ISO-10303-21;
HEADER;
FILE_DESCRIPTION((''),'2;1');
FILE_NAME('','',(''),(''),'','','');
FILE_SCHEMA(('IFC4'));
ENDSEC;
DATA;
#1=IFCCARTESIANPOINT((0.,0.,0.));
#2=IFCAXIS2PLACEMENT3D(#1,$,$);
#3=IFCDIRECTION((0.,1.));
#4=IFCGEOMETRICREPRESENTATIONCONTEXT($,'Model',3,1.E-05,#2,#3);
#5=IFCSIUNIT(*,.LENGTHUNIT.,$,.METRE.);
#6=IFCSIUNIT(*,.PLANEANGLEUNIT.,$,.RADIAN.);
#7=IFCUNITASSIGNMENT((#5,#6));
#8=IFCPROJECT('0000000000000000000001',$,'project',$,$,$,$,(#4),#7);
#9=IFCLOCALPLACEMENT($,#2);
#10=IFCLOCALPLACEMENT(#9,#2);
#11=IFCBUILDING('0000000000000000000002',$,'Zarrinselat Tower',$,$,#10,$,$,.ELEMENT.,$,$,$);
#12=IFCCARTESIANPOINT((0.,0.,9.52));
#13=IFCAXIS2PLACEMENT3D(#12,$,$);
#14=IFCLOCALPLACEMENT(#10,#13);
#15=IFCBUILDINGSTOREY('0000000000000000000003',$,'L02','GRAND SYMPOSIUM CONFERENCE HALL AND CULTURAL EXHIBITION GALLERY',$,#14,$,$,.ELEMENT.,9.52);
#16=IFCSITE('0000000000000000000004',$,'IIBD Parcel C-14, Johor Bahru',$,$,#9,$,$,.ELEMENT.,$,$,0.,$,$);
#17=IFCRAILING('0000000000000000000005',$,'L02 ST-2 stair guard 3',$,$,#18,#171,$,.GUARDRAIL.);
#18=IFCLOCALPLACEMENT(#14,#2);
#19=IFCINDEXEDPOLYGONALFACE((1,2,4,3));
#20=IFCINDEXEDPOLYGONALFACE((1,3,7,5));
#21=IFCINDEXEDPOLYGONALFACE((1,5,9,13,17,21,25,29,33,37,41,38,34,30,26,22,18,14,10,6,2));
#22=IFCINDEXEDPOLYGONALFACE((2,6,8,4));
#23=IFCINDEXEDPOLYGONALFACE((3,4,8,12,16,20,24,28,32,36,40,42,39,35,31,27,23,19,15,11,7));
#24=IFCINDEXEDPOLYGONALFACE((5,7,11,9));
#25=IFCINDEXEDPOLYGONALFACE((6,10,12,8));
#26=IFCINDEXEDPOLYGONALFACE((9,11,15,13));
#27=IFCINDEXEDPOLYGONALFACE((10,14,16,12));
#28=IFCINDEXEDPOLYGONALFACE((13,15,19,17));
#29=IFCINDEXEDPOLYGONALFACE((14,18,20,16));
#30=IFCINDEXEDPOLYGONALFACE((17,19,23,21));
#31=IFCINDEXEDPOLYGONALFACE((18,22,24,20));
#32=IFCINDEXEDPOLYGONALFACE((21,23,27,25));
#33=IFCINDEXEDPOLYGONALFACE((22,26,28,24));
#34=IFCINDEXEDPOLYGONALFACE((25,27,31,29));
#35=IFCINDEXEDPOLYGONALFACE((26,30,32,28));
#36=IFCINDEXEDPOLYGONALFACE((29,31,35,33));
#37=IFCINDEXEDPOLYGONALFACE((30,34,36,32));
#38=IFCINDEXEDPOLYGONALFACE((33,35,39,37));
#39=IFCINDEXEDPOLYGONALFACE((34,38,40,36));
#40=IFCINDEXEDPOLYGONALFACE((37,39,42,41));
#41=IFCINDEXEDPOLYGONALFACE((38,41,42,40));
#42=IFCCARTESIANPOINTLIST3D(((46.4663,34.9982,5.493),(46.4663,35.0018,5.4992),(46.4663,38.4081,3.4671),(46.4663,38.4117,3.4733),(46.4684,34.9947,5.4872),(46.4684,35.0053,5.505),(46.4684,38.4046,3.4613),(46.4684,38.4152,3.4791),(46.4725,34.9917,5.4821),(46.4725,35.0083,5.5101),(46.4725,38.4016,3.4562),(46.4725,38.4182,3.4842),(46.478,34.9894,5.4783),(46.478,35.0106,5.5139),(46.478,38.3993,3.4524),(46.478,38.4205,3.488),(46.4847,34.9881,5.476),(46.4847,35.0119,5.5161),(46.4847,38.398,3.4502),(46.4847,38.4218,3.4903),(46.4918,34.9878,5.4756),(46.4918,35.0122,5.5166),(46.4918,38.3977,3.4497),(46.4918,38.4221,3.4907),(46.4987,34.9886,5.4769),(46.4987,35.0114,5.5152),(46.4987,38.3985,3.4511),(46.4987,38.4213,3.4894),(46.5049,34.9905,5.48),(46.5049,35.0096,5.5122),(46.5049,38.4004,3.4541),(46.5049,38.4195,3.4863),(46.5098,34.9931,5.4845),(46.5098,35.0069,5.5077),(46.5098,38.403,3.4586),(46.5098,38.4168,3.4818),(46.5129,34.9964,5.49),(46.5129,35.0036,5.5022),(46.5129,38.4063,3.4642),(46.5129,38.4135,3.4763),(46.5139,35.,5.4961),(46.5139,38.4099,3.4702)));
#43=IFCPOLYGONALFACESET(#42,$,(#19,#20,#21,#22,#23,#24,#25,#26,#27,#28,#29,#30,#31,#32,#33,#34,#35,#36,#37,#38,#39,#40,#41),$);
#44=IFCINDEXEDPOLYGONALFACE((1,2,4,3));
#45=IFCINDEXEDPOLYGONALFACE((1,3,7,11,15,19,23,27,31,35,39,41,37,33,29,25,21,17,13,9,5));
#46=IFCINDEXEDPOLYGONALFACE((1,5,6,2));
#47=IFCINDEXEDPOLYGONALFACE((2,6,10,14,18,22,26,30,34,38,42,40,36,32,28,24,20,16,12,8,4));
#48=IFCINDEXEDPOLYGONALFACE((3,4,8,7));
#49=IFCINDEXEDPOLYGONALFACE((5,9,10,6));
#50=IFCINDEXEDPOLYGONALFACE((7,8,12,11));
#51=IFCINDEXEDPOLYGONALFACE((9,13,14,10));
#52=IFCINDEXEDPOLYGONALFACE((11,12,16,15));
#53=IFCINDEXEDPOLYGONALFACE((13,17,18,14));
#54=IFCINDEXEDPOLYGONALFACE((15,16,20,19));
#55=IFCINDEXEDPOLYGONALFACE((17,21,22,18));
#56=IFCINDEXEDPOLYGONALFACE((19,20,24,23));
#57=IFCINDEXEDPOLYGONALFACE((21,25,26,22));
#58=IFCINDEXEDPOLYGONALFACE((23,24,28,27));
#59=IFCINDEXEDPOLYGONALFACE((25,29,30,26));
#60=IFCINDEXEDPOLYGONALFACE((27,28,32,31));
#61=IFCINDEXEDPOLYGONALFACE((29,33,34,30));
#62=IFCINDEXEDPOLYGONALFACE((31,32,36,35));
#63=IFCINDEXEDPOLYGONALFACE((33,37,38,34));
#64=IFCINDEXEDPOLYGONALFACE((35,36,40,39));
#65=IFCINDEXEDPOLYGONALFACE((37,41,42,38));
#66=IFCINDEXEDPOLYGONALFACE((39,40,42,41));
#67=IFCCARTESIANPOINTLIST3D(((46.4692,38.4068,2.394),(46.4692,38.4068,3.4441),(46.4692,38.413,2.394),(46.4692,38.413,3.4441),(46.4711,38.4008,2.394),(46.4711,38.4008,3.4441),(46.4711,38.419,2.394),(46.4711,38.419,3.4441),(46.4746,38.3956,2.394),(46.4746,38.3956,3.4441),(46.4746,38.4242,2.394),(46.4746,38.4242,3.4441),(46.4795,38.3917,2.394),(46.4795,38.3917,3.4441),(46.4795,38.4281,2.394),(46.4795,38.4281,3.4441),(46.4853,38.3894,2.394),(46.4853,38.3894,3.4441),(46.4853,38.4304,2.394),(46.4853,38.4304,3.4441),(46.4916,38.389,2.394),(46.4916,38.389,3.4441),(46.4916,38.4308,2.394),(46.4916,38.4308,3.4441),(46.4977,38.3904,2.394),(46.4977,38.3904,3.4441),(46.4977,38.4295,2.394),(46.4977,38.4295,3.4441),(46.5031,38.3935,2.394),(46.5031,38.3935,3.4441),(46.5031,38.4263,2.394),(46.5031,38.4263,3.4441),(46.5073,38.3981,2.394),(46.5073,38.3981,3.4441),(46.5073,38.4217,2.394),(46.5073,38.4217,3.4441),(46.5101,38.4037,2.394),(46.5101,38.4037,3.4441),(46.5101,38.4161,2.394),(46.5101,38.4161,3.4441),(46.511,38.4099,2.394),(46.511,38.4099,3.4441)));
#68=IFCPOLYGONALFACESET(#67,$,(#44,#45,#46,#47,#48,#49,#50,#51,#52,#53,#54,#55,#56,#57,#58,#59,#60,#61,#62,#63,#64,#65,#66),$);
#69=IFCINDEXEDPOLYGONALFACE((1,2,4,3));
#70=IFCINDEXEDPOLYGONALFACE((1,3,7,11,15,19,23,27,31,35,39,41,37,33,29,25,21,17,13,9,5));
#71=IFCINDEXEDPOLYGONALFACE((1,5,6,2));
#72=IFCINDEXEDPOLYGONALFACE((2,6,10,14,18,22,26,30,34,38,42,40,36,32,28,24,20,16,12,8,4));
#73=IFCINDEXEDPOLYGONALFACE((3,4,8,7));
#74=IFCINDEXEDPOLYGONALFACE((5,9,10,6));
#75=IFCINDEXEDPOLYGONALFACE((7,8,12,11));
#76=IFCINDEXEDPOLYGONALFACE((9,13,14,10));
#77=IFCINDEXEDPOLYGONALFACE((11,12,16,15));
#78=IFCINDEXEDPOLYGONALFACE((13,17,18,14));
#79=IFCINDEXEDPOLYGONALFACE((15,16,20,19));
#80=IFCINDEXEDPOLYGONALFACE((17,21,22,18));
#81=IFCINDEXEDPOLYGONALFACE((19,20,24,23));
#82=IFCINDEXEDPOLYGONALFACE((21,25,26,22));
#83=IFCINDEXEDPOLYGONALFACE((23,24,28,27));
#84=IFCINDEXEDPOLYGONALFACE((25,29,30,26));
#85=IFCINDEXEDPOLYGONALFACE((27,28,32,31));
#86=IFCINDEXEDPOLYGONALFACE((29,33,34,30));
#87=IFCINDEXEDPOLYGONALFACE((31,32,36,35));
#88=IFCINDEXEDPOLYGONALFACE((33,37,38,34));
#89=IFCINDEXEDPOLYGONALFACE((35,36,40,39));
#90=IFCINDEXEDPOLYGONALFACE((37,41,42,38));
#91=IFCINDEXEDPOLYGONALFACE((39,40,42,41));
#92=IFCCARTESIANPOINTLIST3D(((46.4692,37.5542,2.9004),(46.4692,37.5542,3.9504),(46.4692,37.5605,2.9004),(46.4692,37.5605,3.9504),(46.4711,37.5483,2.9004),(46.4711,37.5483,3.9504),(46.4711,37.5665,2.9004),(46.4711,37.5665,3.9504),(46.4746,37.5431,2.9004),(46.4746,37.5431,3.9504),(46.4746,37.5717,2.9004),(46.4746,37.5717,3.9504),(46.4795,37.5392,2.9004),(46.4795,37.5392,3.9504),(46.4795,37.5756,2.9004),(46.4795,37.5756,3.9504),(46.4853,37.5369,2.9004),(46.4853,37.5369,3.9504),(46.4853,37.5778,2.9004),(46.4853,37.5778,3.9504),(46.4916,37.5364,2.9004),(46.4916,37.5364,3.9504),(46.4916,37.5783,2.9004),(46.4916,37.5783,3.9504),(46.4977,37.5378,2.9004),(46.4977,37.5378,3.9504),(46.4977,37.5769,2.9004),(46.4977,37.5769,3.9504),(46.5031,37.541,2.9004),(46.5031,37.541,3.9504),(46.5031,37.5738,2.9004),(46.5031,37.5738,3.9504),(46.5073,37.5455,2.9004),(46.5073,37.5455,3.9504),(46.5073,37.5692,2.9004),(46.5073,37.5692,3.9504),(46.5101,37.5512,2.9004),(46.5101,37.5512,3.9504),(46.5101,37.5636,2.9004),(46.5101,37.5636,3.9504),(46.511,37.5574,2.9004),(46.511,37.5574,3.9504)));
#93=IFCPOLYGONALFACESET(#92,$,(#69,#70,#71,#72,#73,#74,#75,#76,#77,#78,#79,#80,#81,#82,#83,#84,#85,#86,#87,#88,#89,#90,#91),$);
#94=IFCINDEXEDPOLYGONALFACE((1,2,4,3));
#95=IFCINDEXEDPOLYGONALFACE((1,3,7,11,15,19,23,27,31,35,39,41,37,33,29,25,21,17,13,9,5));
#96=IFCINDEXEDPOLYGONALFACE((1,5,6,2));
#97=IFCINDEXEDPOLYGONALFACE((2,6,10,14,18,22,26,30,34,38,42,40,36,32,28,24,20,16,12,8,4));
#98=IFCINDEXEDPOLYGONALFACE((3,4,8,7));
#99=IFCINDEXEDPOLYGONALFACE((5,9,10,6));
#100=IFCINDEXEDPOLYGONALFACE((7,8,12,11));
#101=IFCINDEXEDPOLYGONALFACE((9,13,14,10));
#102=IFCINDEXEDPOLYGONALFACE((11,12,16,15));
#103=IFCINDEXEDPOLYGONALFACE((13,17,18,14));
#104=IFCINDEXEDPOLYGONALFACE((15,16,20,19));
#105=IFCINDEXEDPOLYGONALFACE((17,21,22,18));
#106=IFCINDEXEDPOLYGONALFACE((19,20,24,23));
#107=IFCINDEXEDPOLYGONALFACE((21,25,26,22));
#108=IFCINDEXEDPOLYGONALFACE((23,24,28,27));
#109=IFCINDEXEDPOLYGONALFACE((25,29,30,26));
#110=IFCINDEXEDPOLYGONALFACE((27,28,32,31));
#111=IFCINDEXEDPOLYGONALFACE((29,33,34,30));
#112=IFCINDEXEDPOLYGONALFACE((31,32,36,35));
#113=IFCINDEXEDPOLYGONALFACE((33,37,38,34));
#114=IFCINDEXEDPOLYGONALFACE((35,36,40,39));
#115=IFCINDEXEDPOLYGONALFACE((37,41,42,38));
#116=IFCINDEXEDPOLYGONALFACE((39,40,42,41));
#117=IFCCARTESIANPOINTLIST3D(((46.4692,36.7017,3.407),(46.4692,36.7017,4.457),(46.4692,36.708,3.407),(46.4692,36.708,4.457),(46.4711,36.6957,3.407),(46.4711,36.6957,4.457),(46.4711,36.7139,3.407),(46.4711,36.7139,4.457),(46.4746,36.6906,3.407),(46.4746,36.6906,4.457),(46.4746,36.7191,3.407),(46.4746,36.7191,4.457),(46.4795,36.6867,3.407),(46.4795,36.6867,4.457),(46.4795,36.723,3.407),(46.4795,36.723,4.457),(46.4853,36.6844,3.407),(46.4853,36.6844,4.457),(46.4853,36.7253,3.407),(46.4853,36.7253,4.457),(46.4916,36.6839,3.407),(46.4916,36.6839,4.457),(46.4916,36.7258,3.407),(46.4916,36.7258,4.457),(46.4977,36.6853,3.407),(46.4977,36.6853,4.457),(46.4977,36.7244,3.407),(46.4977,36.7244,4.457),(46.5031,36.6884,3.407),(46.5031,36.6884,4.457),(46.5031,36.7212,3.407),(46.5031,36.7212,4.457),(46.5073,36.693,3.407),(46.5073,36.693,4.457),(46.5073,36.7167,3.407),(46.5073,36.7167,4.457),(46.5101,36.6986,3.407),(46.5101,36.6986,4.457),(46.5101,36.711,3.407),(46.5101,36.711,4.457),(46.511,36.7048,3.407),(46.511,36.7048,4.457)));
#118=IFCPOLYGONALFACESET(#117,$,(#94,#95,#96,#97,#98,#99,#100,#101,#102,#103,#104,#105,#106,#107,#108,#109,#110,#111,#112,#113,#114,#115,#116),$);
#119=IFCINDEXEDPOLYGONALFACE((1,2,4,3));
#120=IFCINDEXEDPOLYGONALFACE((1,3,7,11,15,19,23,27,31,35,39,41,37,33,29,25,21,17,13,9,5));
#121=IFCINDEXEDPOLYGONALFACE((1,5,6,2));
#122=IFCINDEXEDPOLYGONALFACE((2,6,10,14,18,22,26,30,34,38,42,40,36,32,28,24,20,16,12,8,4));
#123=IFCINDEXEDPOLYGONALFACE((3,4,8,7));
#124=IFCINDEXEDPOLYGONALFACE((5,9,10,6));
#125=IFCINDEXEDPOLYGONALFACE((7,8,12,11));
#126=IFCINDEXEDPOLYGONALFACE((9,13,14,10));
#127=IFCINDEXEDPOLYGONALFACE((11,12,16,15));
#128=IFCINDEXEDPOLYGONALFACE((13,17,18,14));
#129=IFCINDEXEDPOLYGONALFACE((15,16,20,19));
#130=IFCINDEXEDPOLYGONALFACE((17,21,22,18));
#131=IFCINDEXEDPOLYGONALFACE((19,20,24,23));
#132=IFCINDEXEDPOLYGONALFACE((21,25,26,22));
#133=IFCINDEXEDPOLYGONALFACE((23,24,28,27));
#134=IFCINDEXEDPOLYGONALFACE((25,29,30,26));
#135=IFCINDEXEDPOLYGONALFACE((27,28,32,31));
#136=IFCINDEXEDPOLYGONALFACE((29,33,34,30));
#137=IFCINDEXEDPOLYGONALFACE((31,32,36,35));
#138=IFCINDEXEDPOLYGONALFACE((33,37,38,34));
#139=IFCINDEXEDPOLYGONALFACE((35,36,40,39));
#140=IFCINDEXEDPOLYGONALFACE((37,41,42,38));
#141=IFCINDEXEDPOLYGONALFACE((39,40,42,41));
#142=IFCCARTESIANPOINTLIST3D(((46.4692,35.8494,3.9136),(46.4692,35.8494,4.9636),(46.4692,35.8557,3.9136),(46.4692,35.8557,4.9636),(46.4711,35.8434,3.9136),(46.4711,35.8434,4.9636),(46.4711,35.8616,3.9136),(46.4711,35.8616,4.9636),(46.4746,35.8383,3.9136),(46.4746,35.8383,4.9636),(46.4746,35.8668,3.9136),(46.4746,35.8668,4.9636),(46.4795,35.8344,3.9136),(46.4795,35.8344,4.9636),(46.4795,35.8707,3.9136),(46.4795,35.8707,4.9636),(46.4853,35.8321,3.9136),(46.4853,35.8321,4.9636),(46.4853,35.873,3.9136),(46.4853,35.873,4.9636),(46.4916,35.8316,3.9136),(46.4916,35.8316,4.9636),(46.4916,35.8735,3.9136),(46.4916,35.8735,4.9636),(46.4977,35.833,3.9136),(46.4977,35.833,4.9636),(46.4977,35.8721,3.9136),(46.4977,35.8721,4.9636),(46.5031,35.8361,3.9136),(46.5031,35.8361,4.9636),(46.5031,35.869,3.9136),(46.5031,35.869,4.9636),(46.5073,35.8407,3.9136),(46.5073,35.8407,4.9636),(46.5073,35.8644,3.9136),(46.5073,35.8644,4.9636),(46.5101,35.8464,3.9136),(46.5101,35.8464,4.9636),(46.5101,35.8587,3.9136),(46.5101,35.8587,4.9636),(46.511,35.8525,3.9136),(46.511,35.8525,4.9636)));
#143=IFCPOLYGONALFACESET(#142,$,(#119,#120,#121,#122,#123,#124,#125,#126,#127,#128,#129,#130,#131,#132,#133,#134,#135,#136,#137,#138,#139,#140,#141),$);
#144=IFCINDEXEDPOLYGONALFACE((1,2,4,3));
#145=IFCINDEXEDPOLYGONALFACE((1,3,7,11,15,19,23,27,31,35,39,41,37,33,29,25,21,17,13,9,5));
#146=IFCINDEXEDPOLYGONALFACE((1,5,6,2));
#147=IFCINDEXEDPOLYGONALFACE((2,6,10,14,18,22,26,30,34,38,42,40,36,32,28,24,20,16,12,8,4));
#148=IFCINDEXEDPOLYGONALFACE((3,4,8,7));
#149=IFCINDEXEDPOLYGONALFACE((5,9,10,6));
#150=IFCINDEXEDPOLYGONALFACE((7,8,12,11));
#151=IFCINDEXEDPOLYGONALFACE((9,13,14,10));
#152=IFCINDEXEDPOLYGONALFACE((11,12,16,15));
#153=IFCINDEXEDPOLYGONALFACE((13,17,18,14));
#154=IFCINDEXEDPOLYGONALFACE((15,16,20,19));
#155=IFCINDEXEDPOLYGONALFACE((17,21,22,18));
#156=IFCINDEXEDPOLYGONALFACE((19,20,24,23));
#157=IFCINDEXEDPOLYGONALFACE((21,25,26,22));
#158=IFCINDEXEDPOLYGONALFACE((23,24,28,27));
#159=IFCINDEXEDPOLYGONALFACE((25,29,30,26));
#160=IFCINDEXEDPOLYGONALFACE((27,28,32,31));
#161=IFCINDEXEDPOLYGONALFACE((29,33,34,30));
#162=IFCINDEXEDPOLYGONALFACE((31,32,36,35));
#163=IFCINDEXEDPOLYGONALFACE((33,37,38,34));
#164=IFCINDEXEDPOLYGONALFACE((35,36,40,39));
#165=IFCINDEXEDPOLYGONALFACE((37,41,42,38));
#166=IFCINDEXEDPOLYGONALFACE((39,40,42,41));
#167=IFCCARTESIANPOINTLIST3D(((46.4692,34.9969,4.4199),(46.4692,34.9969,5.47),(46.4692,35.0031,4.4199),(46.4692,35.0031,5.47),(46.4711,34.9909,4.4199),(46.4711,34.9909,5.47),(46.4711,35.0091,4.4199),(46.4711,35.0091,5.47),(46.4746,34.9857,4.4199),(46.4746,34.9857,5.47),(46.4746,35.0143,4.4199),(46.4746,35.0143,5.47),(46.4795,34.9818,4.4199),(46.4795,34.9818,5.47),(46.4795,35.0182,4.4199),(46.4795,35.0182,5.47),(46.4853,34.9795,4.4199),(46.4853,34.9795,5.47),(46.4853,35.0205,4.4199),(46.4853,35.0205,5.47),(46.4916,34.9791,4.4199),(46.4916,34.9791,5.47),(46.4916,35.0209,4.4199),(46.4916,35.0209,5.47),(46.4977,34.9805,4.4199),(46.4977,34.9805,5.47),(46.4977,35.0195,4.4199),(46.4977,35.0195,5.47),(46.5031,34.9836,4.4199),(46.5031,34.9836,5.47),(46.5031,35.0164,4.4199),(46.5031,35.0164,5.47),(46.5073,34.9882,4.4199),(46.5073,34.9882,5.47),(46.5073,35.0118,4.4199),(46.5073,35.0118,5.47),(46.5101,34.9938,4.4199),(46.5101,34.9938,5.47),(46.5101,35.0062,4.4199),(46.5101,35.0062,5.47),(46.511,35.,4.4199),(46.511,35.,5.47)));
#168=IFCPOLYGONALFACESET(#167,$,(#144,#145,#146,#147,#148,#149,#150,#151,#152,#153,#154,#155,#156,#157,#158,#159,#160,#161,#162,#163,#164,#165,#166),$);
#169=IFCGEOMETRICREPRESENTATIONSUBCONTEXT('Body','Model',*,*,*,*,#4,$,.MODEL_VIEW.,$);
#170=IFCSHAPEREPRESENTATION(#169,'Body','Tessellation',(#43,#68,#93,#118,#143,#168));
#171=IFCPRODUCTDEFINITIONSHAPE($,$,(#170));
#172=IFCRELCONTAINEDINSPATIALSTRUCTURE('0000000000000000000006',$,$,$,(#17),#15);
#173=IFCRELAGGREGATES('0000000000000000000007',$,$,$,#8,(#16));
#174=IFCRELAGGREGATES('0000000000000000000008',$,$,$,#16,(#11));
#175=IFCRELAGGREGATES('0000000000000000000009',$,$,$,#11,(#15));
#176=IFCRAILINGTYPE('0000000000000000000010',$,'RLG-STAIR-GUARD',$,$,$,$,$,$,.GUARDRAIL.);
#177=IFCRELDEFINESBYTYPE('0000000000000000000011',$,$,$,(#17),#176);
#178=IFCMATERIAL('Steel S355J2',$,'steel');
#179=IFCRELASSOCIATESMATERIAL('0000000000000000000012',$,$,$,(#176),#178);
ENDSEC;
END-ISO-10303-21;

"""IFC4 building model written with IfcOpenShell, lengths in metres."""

from ifc_helpers import new_model, si_unit, direction, frame, origin, origin_2d, place, context, subcontext, project, spatial, circle, extrude, material, type_object, element, save


model = new_model("IFC4")

# Units and contexts
model_context = context("Model", 3, precision=1e-05, world=origin(), true_north=direction((0.0, 1.0)))
body_context = subcontext(model_context, "Body", "Model", "MODEL_VIEW")
ifc_project = project(units=[si_unit("LENGTHUNIT", "METRE"), si_unit("PLANEANGLEUNIT", "RADIAN")], contexts=[model_context])

# Site, building, storey
site_placement = place(None, origin())
site = spatial("IfcSite", under=ifc_project, at=site_placement, Name="IIBD Parcel C-14, Johor Bahru", CompositionType="ELEMENT", RefElevation=0.0)
building_placement = place(site_placement, origin())
building = spatial("IfcBuilding", under=site, at=building_placement, Name="Zarrinselat Tower", CompositionType="ELEMENT")
storey_placement = place(building_placement, frame((0.0, 0.0, 9.52)))
storey = spatial("IfcBuildingStorey", under=building, at=storey_placement, Name="L02", Description="GRAND SYMPOSIUM CONFERENCE HALL AND CULTURAL EXHIBITION GALLERY", CompositionType="ELEMENT", Elevation=9.52)

# Railing
ifc_material_1 = material(Name="Steel S355J2", Category="steel")
railing_type_1 = type_object("IfcRailingType", Name="RLG-STAIR-GUARD", PredefinedType="GUARDRAIL", material=ifc_material_1)
railing_1_placement = place(storey_placement, frame((46.49, 38.4099, 2.394)))
element("IfcRailing", 1, at=railing_1_placement, inside=storey, type_object=railing_type_1, Name="L02 ST-2 stair guard 3", PredefinedType="GUARDRAIL", context=body_context, shape_type="SweptSolid", body=[
    extrude(circle(Radius=0.0239, at=origin_2d()), frame((0.0, 0.0, 1.0762), z_axis=(0.0, -0.859717, 0.510771), x_axis=(1.0, 0.0, 0.0)), (0.0, 0.0, 1.0), 3.9663),
    extrude(circle(Radius=0.021, at=origin_2d()), origin(), (0.0, 0.0, 1.0), 1.05),
    extrude(circle(Radius=0.021, at=origin_2d()), frame((0.0, -0.8525, 0.5063)), (0.0, 0.0, 1.0), 1.05),
    extrude(circle(Radius=0.021, at=origin_2d()), frame((0.0, -1.7051, 1.0129)), (0.0, 0.0, 1.0), 1.05),
    extrude(circle(Radius=0.021, at=origin_2d()), frame((0.0, -2.5574, 1.5195)), (0.0, 0.0, 1.0), 1.05),
    extrude(circle(Radius=0.021, at=origin_2d()), frame((0.0, -3.4099, 2.0259)), (0.0, 0.0, 1.0), 1.05),
])

save(model, "model.ifc")
